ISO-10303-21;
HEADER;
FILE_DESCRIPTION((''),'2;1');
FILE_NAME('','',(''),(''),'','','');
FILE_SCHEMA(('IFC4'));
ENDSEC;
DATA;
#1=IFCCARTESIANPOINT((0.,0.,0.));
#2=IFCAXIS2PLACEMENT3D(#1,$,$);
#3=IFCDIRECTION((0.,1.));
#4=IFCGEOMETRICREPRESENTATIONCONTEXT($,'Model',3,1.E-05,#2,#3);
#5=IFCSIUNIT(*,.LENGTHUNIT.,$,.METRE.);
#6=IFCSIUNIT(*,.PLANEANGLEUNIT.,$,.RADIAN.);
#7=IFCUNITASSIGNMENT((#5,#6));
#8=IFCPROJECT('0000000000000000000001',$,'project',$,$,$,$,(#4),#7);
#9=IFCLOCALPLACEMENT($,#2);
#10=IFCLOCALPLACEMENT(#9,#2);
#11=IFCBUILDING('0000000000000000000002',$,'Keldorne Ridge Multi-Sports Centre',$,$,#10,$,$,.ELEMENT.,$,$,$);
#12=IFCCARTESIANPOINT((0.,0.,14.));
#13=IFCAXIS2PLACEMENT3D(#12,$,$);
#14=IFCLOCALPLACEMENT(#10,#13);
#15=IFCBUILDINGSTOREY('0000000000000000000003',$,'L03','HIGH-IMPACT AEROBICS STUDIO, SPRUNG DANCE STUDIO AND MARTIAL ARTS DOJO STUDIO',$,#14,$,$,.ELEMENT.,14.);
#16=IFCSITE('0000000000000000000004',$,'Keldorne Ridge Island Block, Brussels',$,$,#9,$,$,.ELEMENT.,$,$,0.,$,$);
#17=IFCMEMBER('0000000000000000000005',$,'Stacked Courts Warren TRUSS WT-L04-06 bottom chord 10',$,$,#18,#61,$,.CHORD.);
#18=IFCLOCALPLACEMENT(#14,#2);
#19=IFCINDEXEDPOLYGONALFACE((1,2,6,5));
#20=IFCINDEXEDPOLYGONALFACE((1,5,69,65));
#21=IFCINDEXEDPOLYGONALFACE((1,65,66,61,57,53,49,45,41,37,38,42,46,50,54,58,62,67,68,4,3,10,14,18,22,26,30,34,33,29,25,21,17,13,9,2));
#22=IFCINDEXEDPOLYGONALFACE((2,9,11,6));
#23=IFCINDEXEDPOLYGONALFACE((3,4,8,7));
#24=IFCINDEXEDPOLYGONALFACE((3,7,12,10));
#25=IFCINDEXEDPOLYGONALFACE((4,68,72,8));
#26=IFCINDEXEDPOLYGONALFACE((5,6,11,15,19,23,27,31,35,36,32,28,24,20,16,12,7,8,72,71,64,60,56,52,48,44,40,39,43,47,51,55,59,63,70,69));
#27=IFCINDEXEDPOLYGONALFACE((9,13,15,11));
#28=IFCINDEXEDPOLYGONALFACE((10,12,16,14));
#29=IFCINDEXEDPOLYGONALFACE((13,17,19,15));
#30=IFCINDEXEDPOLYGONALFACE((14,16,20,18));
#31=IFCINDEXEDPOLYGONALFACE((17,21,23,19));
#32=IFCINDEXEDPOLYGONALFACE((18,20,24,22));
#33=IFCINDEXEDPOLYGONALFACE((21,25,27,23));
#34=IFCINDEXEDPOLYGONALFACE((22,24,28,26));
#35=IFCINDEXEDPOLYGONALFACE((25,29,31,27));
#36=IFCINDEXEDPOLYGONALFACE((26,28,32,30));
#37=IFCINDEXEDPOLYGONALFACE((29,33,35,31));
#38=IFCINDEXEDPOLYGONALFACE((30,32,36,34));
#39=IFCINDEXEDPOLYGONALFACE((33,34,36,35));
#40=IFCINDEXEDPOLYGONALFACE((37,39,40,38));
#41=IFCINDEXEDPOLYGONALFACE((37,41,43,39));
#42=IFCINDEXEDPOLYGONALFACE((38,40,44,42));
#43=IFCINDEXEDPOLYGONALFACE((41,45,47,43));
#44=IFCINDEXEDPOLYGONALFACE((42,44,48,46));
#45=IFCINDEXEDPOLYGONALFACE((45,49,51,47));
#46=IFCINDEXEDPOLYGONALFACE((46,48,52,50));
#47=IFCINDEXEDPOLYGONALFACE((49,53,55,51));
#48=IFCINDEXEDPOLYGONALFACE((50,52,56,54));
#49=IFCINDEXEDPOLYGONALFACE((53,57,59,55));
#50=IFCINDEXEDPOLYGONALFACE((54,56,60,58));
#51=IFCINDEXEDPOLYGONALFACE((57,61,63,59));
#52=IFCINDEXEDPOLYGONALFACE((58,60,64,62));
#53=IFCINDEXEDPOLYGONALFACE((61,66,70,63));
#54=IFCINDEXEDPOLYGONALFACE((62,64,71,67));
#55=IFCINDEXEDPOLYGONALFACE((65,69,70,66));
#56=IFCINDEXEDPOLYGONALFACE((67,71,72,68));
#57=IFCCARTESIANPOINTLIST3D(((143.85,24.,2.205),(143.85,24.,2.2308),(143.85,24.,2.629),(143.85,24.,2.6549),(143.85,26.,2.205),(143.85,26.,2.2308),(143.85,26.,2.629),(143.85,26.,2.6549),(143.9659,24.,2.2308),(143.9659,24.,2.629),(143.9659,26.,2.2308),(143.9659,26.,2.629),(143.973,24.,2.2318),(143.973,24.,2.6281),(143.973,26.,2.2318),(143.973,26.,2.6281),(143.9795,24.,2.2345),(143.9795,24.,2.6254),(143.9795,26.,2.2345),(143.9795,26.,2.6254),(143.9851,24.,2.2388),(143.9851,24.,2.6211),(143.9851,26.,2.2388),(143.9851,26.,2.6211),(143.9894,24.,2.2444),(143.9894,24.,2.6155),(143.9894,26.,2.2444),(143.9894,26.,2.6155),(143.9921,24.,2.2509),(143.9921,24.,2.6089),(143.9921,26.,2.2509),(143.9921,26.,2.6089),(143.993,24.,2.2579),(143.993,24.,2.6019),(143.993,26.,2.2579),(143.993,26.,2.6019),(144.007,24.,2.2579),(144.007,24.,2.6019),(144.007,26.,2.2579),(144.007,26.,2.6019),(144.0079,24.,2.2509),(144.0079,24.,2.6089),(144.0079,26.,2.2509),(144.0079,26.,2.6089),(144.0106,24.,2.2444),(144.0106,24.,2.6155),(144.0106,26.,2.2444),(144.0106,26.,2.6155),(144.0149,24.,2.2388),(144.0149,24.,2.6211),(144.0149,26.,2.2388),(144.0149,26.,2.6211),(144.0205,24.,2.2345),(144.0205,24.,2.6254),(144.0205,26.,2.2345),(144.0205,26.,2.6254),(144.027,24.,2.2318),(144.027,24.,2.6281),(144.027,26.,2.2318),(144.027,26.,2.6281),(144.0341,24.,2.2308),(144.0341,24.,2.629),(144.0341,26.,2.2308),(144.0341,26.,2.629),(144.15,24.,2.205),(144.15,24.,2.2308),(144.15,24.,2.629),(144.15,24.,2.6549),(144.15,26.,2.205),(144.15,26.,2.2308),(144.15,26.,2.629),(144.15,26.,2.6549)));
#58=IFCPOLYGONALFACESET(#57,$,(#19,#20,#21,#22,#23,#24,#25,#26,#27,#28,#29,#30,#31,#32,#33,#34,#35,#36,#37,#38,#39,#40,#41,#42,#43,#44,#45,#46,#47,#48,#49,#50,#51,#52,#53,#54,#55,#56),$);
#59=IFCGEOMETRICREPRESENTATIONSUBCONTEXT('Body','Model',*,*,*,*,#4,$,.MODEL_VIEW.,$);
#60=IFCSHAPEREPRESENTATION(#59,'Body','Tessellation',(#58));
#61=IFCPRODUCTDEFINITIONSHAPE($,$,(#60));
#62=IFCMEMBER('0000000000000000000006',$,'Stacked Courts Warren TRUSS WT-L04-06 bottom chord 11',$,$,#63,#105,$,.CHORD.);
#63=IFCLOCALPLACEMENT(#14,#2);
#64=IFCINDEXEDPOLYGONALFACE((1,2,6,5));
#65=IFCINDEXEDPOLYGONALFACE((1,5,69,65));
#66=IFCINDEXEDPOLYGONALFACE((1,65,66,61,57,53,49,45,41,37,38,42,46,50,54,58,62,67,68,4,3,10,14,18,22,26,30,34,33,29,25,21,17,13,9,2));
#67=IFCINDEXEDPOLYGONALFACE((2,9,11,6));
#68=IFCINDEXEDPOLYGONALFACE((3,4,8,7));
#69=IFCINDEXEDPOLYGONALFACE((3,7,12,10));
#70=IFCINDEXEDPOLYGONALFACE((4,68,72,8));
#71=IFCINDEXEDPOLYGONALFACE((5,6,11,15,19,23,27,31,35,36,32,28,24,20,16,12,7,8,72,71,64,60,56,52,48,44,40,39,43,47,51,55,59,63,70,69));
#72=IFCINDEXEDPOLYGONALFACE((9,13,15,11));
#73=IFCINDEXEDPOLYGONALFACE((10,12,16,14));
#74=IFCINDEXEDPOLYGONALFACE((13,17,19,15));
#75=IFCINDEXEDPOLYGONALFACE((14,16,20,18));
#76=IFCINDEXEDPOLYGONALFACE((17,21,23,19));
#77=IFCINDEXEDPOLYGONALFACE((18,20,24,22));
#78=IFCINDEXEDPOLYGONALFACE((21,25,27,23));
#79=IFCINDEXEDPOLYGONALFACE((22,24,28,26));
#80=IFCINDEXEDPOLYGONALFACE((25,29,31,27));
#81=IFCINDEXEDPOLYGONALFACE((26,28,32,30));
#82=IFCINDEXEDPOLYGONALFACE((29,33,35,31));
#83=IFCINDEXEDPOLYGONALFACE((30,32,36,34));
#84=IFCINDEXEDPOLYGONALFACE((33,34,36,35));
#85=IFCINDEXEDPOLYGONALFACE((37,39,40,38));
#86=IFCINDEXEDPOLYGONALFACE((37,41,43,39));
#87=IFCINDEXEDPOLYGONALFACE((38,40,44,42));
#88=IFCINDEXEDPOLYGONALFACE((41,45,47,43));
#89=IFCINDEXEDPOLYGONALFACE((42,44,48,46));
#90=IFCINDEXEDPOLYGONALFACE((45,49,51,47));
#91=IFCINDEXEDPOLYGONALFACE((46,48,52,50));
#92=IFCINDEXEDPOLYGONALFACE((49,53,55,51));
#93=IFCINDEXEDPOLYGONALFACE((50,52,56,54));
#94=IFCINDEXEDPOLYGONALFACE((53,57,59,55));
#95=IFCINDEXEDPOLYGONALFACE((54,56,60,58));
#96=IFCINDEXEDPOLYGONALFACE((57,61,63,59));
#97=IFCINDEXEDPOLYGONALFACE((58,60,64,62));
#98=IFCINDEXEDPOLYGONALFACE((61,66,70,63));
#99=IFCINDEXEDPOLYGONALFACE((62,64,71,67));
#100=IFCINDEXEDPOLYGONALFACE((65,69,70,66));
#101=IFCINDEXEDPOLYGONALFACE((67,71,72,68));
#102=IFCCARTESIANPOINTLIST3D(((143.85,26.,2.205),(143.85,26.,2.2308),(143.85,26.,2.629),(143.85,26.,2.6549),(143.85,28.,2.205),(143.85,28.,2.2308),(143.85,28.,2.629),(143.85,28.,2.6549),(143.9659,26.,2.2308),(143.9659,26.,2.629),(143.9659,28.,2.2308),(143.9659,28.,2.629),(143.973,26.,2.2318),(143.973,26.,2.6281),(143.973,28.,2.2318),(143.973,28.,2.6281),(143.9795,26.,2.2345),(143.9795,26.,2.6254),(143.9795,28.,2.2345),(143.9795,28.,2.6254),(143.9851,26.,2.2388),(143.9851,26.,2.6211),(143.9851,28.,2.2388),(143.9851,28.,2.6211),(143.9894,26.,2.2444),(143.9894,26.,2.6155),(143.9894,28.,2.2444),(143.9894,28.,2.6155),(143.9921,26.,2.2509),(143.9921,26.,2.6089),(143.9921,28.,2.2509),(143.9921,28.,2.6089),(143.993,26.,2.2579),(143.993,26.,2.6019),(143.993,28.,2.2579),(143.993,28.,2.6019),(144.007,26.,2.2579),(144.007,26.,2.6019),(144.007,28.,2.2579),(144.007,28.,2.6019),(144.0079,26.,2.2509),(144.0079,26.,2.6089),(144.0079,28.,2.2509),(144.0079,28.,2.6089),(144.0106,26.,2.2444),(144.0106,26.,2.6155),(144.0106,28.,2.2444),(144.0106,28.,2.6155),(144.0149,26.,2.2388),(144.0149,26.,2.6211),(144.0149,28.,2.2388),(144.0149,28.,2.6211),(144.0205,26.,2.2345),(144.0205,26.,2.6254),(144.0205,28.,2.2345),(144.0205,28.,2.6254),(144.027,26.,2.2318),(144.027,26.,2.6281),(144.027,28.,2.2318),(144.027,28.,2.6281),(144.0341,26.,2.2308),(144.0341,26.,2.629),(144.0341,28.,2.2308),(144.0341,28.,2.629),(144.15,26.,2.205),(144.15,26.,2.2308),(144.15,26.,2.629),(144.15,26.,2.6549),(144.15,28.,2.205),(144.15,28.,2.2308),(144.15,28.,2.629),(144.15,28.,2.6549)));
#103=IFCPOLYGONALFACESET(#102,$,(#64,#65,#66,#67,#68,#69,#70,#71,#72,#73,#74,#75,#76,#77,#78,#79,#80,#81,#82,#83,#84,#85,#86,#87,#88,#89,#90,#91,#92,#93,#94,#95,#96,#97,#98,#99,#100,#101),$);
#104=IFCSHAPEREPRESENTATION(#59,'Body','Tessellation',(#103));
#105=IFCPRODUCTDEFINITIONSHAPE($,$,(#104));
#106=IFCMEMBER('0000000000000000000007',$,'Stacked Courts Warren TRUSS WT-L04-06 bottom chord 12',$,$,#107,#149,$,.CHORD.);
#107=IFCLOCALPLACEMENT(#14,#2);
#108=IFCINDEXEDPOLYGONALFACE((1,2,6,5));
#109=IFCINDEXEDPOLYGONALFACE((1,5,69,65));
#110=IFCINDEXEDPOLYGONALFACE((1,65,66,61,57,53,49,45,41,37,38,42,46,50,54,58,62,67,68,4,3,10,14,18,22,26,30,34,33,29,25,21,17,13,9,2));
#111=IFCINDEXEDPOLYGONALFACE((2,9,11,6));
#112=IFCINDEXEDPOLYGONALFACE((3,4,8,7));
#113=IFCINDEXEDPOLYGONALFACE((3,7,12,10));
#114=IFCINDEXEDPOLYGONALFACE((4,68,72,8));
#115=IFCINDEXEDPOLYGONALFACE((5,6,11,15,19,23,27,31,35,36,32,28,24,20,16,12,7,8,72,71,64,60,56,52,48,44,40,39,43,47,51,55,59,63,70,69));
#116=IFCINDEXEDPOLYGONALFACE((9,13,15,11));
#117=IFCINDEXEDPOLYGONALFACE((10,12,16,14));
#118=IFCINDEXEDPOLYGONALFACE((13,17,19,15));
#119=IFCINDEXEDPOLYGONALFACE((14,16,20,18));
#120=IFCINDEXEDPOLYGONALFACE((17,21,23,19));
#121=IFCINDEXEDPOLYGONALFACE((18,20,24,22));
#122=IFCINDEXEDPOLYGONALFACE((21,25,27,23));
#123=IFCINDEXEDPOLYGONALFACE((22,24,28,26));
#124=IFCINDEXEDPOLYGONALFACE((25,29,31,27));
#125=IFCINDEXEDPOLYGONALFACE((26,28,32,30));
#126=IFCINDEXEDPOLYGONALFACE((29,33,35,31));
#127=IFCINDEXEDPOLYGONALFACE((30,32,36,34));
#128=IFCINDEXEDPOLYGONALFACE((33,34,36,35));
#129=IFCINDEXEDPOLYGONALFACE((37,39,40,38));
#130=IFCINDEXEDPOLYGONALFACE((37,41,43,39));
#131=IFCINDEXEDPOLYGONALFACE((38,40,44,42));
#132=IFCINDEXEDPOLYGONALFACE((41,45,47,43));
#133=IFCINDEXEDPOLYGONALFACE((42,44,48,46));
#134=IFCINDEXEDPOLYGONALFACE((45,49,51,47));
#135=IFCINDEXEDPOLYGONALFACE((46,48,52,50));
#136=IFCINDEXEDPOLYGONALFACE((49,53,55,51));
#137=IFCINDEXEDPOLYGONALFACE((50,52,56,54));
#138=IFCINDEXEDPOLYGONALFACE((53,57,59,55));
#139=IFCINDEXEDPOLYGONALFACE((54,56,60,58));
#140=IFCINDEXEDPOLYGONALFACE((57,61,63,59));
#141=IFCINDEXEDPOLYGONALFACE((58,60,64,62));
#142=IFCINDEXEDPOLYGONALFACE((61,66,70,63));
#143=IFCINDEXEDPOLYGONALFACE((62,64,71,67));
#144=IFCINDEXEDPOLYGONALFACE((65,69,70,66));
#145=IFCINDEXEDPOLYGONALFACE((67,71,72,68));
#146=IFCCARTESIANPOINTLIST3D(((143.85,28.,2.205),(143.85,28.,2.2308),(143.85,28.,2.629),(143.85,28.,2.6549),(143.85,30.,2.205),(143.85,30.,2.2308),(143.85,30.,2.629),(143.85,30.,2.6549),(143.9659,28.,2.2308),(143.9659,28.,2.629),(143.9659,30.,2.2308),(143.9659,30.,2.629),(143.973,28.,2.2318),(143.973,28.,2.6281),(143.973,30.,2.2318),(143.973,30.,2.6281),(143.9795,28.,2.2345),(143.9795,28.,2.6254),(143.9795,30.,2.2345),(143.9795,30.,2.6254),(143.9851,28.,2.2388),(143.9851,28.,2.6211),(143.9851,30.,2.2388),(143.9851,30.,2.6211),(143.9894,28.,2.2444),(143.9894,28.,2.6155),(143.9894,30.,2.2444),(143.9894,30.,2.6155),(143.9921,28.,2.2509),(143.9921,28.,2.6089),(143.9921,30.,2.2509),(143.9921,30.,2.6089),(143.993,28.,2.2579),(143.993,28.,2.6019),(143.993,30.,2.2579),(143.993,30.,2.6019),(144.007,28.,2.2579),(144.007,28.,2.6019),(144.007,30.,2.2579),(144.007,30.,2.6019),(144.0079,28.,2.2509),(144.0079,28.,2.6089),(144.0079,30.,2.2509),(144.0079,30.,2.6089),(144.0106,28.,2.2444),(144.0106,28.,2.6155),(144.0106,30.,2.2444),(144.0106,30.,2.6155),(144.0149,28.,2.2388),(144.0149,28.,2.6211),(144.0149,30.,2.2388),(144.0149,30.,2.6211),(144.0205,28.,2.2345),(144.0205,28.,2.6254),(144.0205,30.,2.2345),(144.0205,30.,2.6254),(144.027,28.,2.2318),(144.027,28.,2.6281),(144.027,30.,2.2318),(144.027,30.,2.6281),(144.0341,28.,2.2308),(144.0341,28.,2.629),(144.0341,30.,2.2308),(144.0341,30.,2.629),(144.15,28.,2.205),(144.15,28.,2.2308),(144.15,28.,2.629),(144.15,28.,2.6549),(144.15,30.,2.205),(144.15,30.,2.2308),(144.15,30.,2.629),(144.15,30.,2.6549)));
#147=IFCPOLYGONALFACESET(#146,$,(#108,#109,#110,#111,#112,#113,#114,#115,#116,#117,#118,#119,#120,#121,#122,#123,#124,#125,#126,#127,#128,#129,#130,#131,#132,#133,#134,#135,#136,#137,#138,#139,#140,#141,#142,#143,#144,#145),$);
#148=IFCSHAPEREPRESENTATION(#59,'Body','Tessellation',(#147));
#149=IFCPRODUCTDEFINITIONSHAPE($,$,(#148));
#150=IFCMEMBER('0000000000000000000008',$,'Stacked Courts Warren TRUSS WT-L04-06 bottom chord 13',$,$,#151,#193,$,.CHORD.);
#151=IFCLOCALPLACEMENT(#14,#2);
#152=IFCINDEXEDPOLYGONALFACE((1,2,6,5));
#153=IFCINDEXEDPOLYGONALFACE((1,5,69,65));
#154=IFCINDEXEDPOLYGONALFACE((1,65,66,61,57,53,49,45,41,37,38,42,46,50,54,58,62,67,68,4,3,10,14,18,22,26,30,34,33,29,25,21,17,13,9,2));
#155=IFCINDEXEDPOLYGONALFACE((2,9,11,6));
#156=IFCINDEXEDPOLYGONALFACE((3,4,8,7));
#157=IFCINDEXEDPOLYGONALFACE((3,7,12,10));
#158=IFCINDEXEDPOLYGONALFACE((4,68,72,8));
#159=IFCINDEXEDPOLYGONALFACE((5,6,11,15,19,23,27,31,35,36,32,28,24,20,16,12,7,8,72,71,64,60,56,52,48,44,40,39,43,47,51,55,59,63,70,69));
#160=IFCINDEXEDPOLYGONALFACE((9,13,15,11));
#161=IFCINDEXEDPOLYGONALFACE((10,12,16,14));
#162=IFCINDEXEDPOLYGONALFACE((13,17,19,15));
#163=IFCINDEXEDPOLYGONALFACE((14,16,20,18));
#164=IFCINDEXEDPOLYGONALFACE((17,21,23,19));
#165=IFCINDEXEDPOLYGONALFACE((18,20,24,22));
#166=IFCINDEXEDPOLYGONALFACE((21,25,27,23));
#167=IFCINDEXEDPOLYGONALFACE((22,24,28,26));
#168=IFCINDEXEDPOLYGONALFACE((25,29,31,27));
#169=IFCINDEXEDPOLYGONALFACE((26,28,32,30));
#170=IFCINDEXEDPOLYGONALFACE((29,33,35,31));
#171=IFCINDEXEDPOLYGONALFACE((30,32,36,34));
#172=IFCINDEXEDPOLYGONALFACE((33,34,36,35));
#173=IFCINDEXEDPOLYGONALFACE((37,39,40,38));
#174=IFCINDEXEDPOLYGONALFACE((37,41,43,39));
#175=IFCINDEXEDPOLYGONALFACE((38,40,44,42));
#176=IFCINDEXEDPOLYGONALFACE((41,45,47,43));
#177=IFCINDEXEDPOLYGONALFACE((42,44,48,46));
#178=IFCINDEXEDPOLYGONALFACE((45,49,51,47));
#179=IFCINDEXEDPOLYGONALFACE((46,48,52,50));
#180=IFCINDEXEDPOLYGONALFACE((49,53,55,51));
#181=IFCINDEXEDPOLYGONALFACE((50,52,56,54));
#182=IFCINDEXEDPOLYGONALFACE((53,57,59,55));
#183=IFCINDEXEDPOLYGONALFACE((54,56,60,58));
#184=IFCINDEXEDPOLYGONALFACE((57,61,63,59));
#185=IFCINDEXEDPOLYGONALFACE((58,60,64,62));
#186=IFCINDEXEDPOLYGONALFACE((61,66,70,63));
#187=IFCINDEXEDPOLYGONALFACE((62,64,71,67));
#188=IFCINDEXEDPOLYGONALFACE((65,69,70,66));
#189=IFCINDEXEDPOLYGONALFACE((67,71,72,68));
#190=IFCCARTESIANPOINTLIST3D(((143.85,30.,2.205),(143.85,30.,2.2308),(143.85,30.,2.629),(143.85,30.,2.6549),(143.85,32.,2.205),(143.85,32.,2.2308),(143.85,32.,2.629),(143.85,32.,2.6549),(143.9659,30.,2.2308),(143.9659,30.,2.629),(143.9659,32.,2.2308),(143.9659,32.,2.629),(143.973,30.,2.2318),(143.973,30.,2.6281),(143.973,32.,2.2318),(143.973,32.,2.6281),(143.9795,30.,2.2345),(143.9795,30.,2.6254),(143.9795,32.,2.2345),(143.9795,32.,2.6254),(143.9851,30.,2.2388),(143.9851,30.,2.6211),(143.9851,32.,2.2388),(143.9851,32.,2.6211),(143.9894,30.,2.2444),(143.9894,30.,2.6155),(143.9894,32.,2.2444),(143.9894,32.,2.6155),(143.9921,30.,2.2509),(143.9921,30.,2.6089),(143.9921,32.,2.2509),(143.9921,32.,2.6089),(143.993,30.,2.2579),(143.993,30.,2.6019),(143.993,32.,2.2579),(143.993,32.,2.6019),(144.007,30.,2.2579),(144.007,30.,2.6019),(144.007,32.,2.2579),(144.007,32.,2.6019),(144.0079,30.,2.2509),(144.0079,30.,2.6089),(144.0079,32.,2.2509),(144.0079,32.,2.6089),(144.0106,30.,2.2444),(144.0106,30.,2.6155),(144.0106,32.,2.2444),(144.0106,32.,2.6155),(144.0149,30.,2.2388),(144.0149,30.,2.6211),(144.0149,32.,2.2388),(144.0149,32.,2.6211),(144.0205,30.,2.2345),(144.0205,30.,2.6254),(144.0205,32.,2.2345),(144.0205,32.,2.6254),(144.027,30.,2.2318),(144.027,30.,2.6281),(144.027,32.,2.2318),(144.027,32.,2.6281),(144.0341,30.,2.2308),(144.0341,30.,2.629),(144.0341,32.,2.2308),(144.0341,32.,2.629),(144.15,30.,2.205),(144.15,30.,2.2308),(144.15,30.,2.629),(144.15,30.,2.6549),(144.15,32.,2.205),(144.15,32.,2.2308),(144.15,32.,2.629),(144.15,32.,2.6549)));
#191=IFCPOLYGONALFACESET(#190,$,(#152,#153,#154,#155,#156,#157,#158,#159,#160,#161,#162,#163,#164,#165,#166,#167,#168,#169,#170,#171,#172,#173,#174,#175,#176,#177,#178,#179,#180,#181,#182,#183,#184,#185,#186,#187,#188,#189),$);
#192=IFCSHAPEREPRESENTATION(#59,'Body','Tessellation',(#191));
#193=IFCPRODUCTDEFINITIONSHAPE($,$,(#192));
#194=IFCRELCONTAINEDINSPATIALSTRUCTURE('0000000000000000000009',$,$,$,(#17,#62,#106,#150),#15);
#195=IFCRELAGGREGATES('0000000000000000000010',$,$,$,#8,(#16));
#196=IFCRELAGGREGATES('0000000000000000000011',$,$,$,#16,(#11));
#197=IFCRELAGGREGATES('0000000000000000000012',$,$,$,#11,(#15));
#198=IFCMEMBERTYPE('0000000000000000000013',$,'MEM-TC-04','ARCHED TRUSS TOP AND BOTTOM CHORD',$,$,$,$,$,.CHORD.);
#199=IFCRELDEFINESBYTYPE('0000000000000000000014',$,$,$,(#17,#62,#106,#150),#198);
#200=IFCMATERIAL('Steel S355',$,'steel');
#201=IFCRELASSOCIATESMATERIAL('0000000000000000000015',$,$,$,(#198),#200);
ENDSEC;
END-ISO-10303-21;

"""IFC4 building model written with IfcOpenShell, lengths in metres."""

from ifc_helpers import new_model, si_unit, direction, frame, origin, origin_2d, place, context, subcontext, project, spatial, i_section, extrude, material, material_profile, profile_set, type_object, element, save


model = new_model("IFC4")

# Units and contexts
model_context = context("Model", 3, precision=1e-05, world=origin(), true_north=direction((0.0, 1.0)))
body_context = subcontext(model_context, "Body", "Model", "MODEL_VIEW")
ifc_project = project(units=[si_unit("LENGTHUNIT", "METRE"), si_unit("PLANEANGLEUNIT", "RADIAN")], contexts=[model_context])

# Site, building, storey
site_placement = place(None, origin())
site = spatial("IfcSite", under=ifc_project, at=site_placement, Name="Keldorne Ridge Island Block, Brussels", CompositionType="ELEMENT", RefElevation=0.0)
building_placement = place(site_placement, origin())
building = spatial("IfcBuilding", under=site, at=building_placement, Name="Keldorne Ridge Multi-Sports Centre", CompositionType="ELEMENT")
storey_placement = place(building_placement, frame((0.0, 0.0, 14.0)))
storey = spatial("IfcBuildingStorey", under=building, at=storey_placement, Name="L03", Description="HIGH-IMPACT AEROBICS STUDIO, SPRUNG DANCE STUDIO AND MARTIAL ARTS DOJO STUDIO", CompositionType="ELEMENT", Elevation=14.0)

# Members
ifc_material = material(Name="Steel S355", Category="steel")
ifc_material_profile_1 = material_profile(ifc_material, i_section(OverallWidth=0.3, OverallDepth=0.45, WebThickness=0.0139, FlangeThickness=0.0259, FilletRadius=0.0271, at=origin_2d()), Name="HEB 450")
ifc_profile_set_1 = profile_set([ifc_material_profile_1], Name="Steel S355")
member_type_1 = type_object("IfcMemberType", Name="MEM-TC-04", Description="ARCHED TRUSS TOP AND BOTTOM CHORD", PredefinedType="CHORD", material=ifc_profile_set_1)
for number, where, z_axis, x_axis, name in (
    (1, (144.0, 24.0, 2.4299), (0.0, 1.0, 0.0), (-1.0, 0.0, 0.0), "Stacked Courts Warren TRUSS WT-L04-06 bottom chord 10"),
    (2, (144.0, 26.0, 2.4299), (0.0, 1.0, 0.0), (-1.0, 0.0, 0.0), "Stacked Courts Warren TRUSS WT-L04-06 bottom chord 11"),
    (3, (144.0, 28.0, 2.4299), (0.0, 1.0, 0.0), (-1.0, 0.0, 0.0), "Stacked Courts Warren TRUSS WT-L04-06 bottom chord 12"),
    (4, (144.0, 30.0, 2.4299), (0.0, 1.0, 0.0), (-1.0, 0.0, 0.0), "Stacked Courts Warren TRUSS WT-L04-06 bottom chord 13"),
):
    element("IfcMember", number, at=place(storey_placement, frame(where, z_axis=z_axis, x_axis=x_axis)), inside=storey, type_object=member_type_1, Name=name, PredefinedType="CHORD", context=body_context, shape_type="SweptSolid", body=[
        extrude(i_section(OverallWidth=0.3, OverallDepth=0.45, WebThickness=0.0139, FlangeThickness=0.0259, FilletRadius=0.0271, at=origin_2d()), origin(), (0.0, 0.0, 1.0), 2.0),
    ])

save(model, "model.ifc")
